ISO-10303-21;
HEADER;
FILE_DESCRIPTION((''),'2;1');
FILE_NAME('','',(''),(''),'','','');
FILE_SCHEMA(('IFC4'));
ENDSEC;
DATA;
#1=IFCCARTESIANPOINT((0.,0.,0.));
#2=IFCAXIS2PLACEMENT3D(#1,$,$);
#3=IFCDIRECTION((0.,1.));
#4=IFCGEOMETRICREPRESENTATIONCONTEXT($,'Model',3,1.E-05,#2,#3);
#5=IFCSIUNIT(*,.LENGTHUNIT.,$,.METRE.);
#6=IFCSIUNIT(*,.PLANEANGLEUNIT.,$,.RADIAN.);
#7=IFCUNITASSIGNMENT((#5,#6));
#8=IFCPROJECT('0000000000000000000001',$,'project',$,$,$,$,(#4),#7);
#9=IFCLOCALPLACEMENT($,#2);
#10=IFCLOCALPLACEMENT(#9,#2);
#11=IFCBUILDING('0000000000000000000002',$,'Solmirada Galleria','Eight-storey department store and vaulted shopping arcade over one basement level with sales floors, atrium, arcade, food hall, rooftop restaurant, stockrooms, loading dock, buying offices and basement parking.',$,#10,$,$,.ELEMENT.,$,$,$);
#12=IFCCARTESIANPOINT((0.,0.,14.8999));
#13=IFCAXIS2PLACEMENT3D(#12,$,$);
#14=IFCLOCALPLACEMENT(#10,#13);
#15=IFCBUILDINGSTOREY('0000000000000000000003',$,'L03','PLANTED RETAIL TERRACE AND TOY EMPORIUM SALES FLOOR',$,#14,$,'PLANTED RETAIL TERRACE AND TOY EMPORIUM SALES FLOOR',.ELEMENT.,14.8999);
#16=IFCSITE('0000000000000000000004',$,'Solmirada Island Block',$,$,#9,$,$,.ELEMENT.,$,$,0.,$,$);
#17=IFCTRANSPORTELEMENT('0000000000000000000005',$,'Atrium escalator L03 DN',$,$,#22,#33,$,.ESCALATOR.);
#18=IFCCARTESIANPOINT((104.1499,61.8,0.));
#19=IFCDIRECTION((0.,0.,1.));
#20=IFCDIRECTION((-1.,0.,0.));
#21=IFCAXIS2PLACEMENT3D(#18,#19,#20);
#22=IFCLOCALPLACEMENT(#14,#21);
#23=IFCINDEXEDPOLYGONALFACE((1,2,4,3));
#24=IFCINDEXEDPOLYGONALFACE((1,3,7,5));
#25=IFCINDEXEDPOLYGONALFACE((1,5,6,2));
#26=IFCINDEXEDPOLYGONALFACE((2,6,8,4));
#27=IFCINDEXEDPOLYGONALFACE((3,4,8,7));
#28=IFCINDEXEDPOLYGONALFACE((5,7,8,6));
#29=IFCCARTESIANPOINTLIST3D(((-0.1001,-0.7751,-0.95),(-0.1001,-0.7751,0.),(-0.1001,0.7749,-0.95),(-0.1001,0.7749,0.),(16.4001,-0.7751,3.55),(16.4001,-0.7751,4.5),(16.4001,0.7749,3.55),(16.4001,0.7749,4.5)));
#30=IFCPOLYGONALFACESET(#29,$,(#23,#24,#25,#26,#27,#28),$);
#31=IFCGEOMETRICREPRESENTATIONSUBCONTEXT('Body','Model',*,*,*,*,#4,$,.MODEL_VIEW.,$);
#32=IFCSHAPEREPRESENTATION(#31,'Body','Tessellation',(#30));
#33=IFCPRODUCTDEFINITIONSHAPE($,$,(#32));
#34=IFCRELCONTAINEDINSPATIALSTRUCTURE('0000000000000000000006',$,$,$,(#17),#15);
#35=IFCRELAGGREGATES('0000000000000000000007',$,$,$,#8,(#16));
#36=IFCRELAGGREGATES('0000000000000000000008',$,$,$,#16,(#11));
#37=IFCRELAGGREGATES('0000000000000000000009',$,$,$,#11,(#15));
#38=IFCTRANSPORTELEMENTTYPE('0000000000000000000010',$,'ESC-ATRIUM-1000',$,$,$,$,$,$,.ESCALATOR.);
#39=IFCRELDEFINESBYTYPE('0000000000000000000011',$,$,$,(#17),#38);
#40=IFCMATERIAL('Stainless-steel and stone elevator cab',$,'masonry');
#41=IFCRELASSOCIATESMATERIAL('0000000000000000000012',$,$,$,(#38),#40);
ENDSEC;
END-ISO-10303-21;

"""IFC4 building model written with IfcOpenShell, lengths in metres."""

from ifc_helpers import new_model, si_unit, direction, frame, origin, place, context, subcontext, project, spatial, polyline, outline, extrude, material, type_object, element, save


model = new_model("IFC4")

# Units and contexts
model_context = context("Model", 3, precision=1e-05, world=origin(), true_north=direction((0.0, 1.0)))
body_context = subcontext(model_context, "Body", "Model", "MODEL_VIEW")
ifc_project = project(units=[si_unit("LENGTHUNIT", "METRE"), si_unit("PLANEANGLEUNIT", "RADIAN")], contexts=[model_context])

# Site, building, storey
site_placement = place(None, origin())
site = spatial("IfcSite", under=ifc_project, at=site_placement, Name="Solmirada Island Block", CompositionType="ELEMENT", RefElevation=0.0)
building_placement = place(site_placement, origin())
building = spatial("IfcBuilding", under=site, at=building_placement, Name="Solmirada Galleria", Description="Eight-storey department store and vaulted shopping arcade over one basement level with sales floors, atrium, arcade, food hall, rooftop restaurant, stockrooms, loading dock, buying offices and basement parking.", CompositionType="ELEMENT")
storey_placement = place(building_placement, frame((0.0, 0.0, 14.8999)))
storey = spatial("IfcBuildingStorey", under=building, at=storey_placement, Name="L03", Description="PLANTED RETAIL TERRACE AND TOY EMPORIUM SALES FLOOR", LongName="PLANTED RETAIL TERRACE AND TOY EMPORIUM SALES FLOOR", CompositionType="ELEMENT", Elevation=14.8999)

# Transport element
ifc_material_1 = material(Name="Stainless-steel and stone elevator cab", Category="masonry")
transport_element_type = type_object("IfcTransportElementType", Name="ESC-ATRIUM-1000", PredefinedType="ESCALATOR", material=ifc_material_1)
transport_element_placement = place(storey_placement, frame((104.1499, 61.8, 0.0), z_axis=(0.0, 0.0, 1.0), x_axis=(-1.0, 0.0, 0.0)))
element("IfcTransportElement", 1, at=transport_element_placement, inside=storey, type_object=transport_element_type, Name="Atrium escalator L03 DN", PredefinedType="ESCALATOR", context=body_context, shape_type="SweptSolid", body=[
    extrude(outline(polyline([(-0.1001, 0.0), (16.4001, 4.5), (16.4001, 3.55), (-0.1001, -0.95), (-0.1001, 0.0)])), frame((0.0, 0.7749, 0.0), z_axis=(0.0, -1.0, 0.0), x_axis=(1.0, 0.0, 0.0)), (0.0, 0.0, 1.0), 1.55),
])

save(model, "model.ifc")
